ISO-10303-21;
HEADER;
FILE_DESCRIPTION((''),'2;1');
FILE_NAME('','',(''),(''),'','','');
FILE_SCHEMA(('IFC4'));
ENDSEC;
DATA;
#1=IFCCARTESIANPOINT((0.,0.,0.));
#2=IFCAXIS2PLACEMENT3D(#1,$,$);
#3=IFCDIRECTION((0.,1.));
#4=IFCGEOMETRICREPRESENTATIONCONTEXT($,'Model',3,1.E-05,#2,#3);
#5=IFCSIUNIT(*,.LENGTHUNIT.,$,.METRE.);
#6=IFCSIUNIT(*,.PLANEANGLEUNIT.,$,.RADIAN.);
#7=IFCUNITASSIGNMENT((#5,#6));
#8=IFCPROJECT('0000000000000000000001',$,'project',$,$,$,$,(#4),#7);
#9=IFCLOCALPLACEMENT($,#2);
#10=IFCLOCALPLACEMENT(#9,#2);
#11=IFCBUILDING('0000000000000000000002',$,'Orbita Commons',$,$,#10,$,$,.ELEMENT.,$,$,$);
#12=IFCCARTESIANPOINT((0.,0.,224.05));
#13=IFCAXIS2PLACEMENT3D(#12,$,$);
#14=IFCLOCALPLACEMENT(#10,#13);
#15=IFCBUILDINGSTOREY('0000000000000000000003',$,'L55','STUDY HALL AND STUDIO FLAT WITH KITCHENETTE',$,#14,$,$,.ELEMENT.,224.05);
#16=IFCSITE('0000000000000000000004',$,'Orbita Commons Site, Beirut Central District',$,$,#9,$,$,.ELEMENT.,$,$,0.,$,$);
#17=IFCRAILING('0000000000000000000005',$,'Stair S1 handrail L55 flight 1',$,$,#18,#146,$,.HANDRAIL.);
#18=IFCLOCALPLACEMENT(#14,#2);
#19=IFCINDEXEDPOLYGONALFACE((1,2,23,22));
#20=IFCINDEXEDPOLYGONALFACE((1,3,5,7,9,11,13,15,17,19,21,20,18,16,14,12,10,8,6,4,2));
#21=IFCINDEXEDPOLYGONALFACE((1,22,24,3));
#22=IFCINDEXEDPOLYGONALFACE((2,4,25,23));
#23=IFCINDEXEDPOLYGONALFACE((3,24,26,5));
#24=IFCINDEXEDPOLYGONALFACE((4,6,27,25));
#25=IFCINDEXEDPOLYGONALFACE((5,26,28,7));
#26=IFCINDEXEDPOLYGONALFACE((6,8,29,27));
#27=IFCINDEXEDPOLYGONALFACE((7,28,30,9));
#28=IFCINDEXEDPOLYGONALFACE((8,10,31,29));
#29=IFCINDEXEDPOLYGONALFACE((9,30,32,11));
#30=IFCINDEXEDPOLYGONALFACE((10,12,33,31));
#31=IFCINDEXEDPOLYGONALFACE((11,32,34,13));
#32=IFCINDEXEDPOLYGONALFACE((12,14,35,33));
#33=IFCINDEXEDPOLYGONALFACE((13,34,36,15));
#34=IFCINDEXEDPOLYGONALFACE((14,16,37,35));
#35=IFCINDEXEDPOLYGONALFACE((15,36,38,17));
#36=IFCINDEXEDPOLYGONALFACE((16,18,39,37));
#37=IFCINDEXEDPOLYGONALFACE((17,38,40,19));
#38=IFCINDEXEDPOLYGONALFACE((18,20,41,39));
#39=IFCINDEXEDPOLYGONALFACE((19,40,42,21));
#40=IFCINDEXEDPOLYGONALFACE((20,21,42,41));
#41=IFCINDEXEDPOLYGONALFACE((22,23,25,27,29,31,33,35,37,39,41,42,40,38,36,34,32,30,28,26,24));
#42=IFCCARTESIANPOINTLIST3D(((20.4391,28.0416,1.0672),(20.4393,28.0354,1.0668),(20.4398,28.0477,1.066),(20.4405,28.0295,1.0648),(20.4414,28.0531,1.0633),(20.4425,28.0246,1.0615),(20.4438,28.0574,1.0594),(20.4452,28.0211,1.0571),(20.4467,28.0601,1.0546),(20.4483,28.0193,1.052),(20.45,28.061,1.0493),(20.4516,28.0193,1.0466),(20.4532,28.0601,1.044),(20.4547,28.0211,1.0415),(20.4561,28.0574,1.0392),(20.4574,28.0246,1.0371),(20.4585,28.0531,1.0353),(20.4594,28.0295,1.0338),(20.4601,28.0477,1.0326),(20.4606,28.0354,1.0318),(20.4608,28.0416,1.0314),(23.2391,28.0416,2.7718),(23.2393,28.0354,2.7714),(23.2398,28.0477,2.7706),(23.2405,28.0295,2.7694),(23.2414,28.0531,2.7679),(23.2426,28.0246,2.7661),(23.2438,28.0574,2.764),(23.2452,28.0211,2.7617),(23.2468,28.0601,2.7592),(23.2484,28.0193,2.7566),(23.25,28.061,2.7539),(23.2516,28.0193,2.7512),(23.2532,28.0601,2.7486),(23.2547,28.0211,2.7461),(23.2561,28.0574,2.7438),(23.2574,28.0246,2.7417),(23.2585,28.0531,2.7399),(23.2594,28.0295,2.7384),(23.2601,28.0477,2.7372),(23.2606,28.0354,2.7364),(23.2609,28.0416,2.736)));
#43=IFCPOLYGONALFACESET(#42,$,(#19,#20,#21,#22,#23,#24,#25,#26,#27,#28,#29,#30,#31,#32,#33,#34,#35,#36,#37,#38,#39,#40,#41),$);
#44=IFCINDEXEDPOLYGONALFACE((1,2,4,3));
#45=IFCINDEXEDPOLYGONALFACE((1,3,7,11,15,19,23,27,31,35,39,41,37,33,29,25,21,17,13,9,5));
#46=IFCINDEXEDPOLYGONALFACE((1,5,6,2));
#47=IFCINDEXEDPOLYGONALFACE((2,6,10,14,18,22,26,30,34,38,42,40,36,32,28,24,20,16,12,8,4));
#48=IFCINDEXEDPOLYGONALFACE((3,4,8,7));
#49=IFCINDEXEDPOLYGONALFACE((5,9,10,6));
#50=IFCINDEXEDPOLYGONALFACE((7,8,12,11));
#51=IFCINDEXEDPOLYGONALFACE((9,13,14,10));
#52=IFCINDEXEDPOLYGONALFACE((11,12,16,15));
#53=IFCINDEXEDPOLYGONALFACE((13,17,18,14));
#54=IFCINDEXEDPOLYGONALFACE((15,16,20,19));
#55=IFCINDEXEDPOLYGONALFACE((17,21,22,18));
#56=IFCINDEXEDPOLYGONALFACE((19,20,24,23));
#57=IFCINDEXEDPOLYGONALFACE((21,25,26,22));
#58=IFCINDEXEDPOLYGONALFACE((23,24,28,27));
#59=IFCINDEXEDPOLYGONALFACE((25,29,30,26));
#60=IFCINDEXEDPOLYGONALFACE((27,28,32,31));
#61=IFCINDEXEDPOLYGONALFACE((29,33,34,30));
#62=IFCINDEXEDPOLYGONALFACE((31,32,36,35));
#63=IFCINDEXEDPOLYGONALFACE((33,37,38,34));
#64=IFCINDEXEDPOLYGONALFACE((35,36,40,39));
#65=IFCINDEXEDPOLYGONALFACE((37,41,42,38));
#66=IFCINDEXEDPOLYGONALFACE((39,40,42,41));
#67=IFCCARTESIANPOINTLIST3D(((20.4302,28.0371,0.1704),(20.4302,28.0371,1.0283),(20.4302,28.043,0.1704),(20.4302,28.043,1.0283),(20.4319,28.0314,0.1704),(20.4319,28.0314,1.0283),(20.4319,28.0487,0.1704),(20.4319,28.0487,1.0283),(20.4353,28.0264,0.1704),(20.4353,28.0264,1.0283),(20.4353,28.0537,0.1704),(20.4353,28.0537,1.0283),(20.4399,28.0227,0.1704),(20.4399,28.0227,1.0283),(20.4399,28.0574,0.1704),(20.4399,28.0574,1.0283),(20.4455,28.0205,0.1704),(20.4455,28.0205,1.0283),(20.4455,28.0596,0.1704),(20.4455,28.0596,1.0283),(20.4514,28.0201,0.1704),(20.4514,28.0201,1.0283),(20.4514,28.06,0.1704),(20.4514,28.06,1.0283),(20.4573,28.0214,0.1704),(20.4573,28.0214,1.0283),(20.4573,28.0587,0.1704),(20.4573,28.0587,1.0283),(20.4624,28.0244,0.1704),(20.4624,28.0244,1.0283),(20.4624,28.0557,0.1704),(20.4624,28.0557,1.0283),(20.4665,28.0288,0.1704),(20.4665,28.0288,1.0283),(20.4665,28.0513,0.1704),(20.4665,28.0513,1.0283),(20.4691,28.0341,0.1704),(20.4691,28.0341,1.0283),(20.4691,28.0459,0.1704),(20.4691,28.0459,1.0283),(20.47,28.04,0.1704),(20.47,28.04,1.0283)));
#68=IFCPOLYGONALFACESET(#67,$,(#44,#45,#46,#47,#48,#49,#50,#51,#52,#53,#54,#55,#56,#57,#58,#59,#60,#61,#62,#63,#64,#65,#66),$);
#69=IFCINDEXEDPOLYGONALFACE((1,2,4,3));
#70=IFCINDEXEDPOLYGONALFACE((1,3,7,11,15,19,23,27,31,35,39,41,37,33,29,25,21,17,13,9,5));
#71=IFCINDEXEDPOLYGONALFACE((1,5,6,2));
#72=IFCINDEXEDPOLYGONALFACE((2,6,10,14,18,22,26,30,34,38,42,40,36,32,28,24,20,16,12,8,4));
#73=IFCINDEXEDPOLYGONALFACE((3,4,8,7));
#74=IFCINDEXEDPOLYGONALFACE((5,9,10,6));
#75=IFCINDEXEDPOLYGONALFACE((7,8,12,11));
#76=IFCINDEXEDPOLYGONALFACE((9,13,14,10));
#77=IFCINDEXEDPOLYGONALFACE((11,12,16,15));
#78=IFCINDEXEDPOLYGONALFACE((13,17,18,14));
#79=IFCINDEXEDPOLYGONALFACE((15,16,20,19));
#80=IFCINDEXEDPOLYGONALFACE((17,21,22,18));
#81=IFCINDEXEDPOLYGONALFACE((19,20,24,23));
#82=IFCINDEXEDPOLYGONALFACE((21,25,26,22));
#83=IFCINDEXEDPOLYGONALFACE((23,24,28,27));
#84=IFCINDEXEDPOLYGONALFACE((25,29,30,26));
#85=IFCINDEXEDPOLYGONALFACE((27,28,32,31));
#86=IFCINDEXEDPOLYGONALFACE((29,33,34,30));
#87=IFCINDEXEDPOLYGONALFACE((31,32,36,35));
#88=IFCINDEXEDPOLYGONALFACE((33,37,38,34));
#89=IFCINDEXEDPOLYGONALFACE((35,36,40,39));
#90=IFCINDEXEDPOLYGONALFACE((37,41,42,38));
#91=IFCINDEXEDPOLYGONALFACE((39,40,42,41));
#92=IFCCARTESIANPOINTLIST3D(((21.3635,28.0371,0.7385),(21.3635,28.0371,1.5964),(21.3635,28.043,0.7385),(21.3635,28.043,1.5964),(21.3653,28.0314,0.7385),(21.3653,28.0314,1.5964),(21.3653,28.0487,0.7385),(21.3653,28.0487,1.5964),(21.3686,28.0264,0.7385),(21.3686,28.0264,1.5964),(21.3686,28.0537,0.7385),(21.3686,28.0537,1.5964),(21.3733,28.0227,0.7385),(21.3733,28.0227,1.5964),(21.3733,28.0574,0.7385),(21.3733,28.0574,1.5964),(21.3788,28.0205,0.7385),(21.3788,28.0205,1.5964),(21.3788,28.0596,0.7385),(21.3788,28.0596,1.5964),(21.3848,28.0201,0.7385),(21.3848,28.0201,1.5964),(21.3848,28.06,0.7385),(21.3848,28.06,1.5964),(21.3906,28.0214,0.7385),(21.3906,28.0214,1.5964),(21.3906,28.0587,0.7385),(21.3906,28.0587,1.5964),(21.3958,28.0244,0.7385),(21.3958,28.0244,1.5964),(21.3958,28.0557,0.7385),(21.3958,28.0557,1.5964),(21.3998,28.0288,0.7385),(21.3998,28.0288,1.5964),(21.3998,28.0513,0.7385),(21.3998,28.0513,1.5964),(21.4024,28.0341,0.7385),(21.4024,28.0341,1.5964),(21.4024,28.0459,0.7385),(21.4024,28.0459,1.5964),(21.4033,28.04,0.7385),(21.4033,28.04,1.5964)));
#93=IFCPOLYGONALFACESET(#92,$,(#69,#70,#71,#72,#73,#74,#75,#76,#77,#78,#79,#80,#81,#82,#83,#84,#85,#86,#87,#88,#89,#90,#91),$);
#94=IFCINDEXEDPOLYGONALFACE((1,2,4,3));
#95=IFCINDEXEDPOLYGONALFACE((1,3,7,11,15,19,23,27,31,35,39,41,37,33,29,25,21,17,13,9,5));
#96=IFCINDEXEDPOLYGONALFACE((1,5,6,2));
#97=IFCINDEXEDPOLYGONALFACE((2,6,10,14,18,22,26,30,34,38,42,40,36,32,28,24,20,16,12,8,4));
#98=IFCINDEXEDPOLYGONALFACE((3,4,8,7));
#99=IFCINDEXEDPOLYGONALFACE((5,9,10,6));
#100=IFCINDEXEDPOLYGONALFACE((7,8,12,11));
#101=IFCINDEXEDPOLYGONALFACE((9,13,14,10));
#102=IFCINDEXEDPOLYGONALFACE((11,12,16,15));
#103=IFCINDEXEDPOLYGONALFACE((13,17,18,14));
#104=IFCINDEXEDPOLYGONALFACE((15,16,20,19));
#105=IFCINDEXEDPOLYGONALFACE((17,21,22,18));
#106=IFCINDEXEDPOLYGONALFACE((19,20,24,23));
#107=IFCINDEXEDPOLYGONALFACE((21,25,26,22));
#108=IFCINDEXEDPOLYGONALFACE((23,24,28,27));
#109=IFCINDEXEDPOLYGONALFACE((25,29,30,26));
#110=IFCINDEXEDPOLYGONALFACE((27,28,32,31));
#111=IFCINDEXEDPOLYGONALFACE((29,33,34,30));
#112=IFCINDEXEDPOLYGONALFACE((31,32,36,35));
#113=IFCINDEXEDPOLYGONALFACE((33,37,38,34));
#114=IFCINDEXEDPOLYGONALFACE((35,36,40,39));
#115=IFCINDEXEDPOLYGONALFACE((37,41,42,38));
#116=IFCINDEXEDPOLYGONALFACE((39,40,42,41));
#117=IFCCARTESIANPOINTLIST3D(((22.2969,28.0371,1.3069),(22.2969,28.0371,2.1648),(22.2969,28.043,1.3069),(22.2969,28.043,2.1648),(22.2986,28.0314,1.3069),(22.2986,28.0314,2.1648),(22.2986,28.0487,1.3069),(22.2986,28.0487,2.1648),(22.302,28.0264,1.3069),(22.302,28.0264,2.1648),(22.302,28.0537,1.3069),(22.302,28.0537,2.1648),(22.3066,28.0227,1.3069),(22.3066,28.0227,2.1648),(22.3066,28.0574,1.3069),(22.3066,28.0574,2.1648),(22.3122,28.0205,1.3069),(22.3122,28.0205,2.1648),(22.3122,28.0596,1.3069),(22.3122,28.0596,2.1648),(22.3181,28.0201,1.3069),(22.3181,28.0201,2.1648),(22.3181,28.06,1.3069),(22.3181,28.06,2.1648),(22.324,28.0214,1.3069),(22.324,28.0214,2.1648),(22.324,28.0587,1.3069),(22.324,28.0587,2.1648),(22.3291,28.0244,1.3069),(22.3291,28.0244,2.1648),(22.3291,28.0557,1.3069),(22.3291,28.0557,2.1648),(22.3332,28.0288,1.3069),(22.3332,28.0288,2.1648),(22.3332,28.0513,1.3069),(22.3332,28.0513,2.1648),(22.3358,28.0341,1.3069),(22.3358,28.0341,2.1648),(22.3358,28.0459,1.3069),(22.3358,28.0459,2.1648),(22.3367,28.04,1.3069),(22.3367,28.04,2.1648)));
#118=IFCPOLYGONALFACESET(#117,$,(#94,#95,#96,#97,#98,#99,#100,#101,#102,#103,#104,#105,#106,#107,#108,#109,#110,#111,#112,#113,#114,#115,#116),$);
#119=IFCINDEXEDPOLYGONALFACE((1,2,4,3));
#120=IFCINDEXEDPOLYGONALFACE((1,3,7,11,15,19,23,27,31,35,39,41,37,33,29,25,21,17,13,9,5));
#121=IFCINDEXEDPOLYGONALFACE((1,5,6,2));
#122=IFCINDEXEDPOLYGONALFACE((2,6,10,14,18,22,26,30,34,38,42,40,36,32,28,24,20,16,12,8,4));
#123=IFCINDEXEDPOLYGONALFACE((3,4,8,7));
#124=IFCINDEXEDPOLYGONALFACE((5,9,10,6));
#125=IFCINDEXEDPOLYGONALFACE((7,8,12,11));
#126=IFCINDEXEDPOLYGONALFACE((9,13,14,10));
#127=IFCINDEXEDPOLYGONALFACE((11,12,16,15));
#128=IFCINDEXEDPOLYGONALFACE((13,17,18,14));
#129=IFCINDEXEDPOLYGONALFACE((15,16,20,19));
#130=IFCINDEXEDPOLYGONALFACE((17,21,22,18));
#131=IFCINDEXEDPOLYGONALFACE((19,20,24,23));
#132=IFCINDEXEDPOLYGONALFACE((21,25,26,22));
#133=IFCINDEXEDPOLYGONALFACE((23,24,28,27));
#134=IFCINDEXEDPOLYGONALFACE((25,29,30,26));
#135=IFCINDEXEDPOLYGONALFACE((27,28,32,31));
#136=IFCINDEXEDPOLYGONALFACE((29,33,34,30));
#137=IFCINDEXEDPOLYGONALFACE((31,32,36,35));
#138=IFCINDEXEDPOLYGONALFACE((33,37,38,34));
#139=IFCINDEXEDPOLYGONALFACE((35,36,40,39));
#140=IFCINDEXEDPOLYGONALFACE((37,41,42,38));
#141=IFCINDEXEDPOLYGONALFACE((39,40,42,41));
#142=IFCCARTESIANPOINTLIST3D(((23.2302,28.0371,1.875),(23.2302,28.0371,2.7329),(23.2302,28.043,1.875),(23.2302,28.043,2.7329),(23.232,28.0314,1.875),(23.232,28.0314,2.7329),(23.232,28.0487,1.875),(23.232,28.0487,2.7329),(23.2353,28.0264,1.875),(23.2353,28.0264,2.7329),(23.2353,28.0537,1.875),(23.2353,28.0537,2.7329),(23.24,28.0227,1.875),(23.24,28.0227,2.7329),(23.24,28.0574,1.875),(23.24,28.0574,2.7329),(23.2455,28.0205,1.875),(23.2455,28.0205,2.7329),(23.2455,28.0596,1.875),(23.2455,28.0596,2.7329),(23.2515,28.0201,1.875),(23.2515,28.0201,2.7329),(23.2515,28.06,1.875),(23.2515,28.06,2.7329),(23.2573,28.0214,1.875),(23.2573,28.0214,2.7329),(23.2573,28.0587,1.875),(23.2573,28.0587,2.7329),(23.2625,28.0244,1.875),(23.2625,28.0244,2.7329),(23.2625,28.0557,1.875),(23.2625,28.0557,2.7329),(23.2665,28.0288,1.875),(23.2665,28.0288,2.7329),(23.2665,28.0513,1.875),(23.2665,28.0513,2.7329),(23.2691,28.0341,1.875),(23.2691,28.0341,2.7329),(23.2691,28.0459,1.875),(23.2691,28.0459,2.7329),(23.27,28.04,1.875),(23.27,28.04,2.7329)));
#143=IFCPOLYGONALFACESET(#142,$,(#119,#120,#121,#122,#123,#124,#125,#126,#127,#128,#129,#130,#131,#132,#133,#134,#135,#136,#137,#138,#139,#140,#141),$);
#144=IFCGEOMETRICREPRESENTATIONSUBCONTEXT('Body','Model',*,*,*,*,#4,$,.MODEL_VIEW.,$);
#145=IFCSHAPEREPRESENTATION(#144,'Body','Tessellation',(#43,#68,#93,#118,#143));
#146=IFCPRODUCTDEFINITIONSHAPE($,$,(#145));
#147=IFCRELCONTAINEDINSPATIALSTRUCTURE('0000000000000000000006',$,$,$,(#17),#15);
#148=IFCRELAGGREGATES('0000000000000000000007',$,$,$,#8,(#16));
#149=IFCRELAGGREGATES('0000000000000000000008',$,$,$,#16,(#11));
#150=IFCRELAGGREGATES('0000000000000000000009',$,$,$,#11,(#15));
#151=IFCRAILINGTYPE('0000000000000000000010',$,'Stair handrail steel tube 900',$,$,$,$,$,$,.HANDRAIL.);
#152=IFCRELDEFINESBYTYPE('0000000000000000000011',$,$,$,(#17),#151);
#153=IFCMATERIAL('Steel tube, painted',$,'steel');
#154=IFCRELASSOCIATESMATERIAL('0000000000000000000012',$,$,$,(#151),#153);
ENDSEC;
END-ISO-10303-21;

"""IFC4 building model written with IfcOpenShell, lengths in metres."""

from ifc_helpers import new_model, si_unit, direction, frame, origin, origin_2d, place, context, subcontext, project, spatial, circle, extrude, material, type_object, element, save


model = new_model("IFC4")

# Units and contexts
model_context = context("Model", 3, precision=1e-05, world=origin(), true_north=direction((0.0, 1.0)))
body_context = subcontext(model_context, "Body", "Model", "MODEL_VIEW")
ifc_project = project(units=[si_unit("LENGTHUNIT", "METRE"), si_unit("PLANEANGLEUNIT", "RADIAN")], contexts=[model_context])

# Site, building, storey
site_placement = place(None, origin())
site = spatial("IfcSite", under=ifc_project, at=site_placement, Name="Orbita Commons Site, Beirut Central District", CompositionType="ELEMENT", RefElevation=0.0)
building_placement = place(site_placement, origin())
building = spatial("IfcBuilding", under=site, at=building_placement, Name="Orbita Commons", CompositionType="ELEMENT")
storey_placement = place(building_placement, frame((0.0, 0.0, 224.05)))
storey = spatial("IfcBuildingStorey", under=building, at=storey_placement, Name="L55", Description="STUDY HALL AND STUDIO FLAT WITH KITCHENETTE", CompositionType="ELEMENT", Elevation=224.05)

# Railing
ifc_material_1 = material(Name="Steel tube, painted", Category="steel")
railing_type = type_object("IfcRailingType", Name="Stair handrail steel tube 900", PredefinedType="HANDRAIL", material=ifc_material_1)
for number, where, name in (
    (1, (20.45, 28.04, 0.1704), "Stair S1 handrail L55 flight 1"),
):
    element("IfcRailing", number, at=place(storey_placement, frame(where)), inside=storey, type_object=railing_type, Name=name, PredefinedType="HANDRAIL", context=body_context, shape_type="SweptSolid", body=[
        extrude(circle(Radius=0.021, at=origin_2d()), frame((0.0, 0.0, 0.8789), z_axis=(0.85417, 0.0, 0.519994), x_axis=(0.0, 1.0, 0.0)), (0.0, 0.0, 1.0), 3.2781),
        extrude(circle(Radius=0.02, at=origin_2d()), origin(), (0.0, 0.0, 1.0), 0.8579),
        extrude(circle(Radius=0.02, at=origin_2d()), frame((0.9333, 0.0, 0.5681)), (0.0, 0.0, 1.0), 0.8579),
        extrude(circle(Radius=0.02, at=origin_2d()), frame((1.8667, 0.0, 1.1365)), (0.0, 0.0, 1.0), 0.8579),
        extrude(circle(Radius=0.02, at=origin_2d()), frame((2.8, 0.0, 1.7046)), (0.0, 0.0, 1.0), 0.8579),
    ])

save(model, "model.ifc")
